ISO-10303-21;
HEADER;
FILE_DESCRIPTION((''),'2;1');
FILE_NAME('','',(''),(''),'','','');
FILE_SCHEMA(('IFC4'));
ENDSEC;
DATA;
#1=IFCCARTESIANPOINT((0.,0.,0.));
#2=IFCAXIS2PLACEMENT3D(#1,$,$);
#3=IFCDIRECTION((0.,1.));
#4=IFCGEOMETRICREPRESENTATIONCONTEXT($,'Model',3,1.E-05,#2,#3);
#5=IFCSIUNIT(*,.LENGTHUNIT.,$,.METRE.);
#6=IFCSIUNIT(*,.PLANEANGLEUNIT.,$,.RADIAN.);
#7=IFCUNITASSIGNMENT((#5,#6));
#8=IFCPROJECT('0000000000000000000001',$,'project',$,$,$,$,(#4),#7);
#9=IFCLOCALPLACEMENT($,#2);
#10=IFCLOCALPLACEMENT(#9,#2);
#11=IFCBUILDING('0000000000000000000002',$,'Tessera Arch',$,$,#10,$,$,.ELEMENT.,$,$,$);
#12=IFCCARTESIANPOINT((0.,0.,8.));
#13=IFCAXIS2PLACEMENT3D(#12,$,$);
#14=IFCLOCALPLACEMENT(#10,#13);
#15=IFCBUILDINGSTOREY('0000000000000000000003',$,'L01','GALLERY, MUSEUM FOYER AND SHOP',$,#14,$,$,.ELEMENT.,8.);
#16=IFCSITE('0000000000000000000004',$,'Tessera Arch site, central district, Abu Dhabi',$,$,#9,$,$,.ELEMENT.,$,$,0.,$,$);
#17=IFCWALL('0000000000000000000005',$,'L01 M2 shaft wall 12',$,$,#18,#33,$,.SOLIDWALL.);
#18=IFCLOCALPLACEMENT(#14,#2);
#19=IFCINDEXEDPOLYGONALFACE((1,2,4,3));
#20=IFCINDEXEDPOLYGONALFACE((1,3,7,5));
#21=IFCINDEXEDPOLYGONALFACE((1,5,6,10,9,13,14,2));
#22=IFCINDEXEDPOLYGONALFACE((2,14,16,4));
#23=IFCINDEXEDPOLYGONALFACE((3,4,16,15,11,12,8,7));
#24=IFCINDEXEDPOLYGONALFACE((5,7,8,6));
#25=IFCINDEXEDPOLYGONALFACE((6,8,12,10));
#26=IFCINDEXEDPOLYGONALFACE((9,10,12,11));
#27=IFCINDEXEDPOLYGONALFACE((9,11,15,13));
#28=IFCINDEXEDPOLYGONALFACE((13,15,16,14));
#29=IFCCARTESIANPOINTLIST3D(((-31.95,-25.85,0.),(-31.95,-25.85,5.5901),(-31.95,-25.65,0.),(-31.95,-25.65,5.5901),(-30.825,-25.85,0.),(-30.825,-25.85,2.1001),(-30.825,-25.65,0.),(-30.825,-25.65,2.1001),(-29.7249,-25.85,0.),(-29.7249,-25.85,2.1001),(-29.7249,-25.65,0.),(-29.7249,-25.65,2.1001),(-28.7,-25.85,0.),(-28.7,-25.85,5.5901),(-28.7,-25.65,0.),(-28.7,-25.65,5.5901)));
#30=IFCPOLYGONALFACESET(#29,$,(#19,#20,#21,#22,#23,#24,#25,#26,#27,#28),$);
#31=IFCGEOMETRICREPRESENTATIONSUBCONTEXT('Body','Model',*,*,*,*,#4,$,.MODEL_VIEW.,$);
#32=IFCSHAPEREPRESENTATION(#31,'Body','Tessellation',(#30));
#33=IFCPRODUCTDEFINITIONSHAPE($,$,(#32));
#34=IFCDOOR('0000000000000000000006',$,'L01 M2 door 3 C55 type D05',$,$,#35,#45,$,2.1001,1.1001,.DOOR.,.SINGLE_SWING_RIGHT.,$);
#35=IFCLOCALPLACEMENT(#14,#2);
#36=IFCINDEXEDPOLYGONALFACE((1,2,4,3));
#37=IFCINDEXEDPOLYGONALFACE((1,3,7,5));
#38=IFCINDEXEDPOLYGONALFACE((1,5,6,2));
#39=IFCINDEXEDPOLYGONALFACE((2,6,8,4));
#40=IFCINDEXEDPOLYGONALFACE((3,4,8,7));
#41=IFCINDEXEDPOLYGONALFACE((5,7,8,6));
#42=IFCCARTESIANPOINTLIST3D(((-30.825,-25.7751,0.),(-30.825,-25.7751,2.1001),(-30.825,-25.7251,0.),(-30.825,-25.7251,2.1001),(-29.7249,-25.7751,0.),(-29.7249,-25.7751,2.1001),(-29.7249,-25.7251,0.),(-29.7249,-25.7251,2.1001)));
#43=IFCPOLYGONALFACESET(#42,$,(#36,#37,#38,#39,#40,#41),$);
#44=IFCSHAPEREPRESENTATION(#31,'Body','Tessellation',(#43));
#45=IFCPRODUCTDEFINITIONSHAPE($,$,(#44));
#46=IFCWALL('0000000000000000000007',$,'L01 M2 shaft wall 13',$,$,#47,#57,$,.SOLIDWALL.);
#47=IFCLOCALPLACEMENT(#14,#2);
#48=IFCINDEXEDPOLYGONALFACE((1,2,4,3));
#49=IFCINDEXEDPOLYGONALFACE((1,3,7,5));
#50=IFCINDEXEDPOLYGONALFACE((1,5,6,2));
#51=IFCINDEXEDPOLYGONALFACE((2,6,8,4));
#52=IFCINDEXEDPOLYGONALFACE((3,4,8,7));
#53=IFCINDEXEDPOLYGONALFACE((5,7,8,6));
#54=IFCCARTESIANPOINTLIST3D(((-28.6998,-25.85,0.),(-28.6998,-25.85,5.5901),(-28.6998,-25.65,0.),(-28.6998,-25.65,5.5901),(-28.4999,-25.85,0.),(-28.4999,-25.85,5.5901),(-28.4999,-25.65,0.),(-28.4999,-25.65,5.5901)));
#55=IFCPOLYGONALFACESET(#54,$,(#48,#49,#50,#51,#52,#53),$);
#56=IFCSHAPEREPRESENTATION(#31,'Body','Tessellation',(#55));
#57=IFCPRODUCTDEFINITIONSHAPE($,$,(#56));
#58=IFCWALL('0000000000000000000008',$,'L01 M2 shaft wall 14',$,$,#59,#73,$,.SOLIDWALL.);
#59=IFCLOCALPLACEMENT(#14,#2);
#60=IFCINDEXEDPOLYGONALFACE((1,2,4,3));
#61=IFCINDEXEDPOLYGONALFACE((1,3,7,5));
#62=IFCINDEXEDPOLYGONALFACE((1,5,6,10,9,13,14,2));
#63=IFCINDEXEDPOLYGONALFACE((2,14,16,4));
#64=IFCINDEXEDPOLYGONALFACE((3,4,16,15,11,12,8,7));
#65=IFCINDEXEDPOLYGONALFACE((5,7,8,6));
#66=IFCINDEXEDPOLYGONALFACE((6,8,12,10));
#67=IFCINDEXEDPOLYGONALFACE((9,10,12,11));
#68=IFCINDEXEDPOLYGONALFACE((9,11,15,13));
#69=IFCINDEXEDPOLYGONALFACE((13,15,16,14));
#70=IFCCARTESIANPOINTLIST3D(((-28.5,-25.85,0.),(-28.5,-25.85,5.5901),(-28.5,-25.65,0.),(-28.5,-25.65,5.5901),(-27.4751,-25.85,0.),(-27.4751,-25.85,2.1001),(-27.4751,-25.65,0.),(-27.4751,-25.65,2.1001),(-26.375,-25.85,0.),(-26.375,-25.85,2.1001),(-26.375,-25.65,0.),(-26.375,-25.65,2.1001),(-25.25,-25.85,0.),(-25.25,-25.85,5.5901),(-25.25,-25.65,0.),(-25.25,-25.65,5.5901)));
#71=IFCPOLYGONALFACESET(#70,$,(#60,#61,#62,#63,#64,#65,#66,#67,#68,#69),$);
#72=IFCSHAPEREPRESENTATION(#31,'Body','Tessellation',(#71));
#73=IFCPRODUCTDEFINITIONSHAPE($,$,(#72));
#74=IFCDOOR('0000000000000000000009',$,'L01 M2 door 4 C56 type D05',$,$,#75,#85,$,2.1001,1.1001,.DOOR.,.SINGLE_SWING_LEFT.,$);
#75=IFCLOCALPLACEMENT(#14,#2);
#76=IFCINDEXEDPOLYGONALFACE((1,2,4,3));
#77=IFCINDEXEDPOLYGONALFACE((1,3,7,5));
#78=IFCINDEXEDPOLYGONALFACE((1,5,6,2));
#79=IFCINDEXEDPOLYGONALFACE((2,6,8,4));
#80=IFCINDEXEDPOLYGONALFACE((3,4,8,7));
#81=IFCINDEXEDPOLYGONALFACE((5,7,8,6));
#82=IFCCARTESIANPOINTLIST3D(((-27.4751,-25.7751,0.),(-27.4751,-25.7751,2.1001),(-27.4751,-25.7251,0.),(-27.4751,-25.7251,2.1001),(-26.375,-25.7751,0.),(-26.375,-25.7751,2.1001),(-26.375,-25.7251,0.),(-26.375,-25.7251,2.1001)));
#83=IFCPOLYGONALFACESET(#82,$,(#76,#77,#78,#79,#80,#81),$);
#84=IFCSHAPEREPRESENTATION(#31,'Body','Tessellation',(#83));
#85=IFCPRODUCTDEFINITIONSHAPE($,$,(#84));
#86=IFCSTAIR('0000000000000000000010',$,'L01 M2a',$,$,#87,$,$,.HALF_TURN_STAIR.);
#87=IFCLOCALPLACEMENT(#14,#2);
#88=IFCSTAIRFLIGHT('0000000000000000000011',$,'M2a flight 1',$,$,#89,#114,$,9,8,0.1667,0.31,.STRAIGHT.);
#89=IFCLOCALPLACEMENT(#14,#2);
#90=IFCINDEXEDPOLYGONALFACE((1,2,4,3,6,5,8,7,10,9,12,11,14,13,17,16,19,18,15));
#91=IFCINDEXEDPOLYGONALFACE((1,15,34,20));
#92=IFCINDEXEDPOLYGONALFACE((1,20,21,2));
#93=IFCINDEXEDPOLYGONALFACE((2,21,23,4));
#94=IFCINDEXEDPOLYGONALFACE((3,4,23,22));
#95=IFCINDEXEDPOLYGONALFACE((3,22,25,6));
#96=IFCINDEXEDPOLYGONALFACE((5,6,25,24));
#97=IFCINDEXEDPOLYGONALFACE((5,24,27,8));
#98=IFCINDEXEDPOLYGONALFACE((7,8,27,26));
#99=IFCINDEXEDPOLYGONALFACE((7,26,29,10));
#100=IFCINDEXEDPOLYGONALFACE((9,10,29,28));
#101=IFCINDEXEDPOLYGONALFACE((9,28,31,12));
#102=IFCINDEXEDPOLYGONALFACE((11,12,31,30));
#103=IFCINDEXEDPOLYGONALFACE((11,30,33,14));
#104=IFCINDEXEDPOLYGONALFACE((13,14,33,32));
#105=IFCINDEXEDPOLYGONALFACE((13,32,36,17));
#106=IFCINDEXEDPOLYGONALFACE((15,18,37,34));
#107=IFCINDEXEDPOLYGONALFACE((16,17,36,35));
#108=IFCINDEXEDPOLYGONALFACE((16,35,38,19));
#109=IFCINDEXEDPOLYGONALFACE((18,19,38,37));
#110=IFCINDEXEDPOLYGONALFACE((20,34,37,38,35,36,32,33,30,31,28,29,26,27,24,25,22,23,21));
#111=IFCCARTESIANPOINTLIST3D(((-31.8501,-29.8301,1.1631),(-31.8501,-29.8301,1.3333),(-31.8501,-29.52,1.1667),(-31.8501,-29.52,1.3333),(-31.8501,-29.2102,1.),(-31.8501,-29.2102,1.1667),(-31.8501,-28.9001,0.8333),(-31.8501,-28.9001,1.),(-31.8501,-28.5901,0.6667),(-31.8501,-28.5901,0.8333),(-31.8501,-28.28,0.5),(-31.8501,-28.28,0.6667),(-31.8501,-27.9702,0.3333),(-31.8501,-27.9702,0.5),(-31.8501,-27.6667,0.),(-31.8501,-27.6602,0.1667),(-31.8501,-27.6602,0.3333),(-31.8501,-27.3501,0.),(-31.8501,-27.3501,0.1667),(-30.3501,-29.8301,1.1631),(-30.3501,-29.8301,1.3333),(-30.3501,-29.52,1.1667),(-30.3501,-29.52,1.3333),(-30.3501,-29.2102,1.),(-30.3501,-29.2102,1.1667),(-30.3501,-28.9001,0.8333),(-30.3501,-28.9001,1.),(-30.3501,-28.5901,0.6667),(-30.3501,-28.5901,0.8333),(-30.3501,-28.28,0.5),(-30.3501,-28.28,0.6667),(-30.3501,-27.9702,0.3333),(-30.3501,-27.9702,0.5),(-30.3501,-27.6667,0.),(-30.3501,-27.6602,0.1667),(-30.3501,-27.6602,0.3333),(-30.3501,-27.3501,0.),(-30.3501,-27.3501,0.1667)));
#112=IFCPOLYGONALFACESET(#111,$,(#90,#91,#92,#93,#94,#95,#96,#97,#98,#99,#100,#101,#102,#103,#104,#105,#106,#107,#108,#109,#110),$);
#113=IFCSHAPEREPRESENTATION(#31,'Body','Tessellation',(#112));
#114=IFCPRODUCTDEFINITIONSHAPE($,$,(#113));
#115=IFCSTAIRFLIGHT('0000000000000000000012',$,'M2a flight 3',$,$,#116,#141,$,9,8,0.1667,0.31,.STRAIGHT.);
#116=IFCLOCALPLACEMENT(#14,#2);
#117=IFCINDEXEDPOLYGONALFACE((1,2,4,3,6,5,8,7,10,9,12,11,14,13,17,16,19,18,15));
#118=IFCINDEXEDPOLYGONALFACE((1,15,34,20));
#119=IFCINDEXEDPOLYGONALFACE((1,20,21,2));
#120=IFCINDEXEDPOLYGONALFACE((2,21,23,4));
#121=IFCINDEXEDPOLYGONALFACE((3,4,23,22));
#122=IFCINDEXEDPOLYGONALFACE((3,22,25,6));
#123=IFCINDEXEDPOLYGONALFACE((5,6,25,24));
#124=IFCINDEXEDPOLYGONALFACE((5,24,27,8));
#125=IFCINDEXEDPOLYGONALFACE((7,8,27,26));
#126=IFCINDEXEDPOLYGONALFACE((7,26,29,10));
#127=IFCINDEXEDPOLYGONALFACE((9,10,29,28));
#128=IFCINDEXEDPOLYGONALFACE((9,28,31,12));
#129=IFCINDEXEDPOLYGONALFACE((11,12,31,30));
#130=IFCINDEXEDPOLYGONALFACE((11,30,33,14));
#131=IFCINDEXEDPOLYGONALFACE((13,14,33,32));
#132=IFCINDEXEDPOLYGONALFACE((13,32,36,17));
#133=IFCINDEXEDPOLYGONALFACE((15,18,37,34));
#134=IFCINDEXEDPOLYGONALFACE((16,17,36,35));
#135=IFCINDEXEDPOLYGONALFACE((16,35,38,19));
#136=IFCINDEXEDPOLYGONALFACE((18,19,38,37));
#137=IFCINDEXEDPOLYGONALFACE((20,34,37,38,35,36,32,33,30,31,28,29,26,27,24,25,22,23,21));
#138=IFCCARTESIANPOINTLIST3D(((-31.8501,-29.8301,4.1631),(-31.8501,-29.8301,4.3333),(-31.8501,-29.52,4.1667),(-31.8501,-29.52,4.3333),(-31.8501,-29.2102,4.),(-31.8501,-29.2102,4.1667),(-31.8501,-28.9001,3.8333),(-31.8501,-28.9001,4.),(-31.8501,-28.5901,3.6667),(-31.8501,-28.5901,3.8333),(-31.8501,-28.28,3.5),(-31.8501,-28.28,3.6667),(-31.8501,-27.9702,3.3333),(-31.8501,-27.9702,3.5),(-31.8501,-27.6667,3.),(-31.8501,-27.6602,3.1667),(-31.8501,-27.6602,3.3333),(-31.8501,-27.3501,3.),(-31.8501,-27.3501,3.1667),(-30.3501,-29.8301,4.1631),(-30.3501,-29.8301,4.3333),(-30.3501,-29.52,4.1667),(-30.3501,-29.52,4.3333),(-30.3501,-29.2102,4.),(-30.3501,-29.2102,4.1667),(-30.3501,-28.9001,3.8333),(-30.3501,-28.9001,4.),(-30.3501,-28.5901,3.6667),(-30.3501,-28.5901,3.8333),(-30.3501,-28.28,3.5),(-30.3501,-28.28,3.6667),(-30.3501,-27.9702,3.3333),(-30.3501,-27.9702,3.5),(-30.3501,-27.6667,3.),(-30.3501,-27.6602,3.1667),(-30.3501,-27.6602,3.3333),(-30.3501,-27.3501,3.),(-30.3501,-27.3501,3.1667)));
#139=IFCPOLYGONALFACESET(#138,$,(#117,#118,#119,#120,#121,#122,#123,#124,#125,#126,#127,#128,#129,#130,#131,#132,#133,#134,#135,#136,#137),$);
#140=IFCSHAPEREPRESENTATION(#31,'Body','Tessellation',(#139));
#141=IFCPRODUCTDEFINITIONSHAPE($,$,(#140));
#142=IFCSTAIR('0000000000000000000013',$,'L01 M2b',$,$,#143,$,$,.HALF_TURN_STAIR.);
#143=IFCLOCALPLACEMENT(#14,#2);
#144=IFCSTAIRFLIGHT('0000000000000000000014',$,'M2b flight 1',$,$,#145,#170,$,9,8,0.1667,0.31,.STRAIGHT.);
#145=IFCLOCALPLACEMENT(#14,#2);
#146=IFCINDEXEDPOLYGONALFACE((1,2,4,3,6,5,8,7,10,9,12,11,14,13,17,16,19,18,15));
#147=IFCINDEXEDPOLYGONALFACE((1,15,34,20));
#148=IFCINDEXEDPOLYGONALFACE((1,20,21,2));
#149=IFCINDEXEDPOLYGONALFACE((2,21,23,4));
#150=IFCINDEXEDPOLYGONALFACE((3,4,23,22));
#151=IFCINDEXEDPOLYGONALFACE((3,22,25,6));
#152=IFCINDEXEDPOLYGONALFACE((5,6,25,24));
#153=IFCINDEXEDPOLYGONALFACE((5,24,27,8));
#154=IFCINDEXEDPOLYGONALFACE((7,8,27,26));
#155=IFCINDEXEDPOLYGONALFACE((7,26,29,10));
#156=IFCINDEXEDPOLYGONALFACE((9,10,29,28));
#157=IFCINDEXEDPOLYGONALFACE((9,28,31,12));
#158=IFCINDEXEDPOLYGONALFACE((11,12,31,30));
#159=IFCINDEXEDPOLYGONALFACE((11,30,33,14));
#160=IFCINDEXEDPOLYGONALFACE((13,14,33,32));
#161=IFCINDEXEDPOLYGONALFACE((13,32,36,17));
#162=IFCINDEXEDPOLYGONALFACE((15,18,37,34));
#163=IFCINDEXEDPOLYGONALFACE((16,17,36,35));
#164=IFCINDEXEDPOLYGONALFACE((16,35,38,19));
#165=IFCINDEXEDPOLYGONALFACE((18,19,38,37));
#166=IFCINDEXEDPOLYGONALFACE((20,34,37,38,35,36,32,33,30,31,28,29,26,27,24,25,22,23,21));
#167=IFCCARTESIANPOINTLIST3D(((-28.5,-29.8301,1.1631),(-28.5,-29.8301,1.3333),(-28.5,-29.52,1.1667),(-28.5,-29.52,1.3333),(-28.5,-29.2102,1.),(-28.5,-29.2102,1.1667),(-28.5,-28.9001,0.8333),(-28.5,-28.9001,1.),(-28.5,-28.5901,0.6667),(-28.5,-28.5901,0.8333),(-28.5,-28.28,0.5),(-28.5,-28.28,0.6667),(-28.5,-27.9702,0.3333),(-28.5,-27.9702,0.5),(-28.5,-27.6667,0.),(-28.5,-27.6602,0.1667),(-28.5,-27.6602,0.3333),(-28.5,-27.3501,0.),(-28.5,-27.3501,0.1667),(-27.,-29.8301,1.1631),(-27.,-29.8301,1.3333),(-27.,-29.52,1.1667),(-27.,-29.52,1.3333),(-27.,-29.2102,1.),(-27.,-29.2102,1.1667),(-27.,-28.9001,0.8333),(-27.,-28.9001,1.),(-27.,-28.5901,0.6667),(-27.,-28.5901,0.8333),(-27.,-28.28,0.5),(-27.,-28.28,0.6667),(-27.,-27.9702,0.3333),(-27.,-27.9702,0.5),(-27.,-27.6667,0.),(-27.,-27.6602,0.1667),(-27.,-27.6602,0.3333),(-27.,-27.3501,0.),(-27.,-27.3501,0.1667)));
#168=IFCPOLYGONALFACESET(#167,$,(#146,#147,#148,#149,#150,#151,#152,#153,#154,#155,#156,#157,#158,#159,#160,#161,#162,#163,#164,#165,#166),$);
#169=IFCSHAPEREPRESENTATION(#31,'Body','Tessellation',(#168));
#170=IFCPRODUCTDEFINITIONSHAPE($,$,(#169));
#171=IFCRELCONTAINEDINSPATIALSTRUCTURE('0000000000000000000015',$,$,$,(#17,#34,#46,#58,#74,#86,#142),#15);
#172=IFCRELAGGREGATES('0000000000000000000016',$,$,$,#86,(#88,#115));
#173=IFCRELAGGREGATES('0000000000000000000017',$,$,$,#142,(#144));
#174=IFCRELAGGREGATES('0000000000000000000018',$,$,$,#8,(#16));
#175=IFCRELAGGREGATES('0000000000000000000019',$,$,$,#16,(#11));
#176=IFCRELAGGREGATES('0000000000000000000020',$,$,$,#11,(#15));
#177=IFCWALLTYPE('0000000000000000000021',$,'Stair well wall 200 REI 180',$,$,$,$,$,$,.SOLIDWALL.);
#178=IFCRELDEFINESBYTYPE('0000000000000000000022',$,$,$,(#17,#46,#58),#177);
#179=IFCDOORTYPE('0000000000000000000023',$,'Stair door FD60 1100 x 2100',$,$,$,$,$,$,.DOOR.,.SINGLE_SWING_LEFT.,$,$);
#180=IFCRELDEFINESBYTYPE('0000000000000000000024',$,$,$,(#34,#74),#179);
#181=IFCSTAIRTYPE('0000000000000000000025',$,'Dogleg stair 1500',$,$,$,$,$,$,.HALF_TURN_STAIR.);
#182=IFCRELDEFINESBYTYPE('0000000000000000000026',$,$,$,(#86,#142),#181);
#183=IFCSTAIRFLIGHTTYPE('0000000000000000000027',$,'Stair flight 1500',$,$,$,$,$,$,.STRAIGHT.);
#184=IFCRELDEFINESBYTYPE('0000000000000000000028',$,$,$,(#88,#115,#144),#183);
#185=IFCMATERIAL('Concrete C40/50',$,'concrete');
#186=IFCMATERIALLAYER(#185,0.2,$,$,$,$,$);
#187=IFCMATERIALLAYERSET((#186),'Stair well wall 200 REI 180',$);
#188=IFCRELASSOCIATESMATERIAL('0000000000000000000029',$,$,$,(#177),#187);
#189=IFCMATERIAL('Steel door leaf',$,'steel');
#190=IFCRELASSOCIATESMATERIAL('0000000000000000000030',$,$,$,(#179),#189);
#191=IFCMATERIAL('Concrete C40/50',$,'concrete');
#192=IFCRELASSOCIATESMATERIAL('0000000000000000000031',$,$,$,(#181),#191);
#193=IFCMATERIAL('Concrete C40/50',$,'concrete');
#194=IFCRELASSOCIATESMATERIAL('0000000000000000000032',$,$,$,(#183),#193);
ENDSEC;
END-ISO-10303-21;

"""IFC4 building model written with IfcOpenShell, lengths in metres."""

from ifc_helpers import new_model, si_unit, direction, frame, frame_2d, origin, place, context, subcontext, project, spatial, polyline, rectangle, outline, extrude, material, layer, layer_set, type_object, element, fill, aggregate, save


model = new_model("IFC4")

# Units and contexts
model_context = context("Model", 3, precision=1e-05, world=origin(), true_north=direction((0.0, 1.0)))
body_context = subcontext(model_context, "Body", "Model", "MODEL_VIEW")
ifc_project = project(units=[si_unit("LENGTHUNIT", "METRE"), si_unit("PLANEANGLEUNIT", "RADIAN")], contexts=[model_context])

# Site, building, storey
site_placement = place(None, origin())
site = spatial("IfcSite", under=ifc_project, at=site_placement, Name="Tessera Arch site, central district, Abu Dhabi", CompositionType="ELEMENT", RefElevation=0.0)
building_placement = place(site_placement, origin())
building = spatial("IfcBuilding", under=site, at=building_placement, Name="Tessera Arch", CompositionType="ELEMENT")
storey_placement = place(building_placement, frame((0.0, 0.0, 8.0)))
storey = spatial("IfcBuildingStorey", under=building, at=storey_placement, Name="L01", Description="GALLERY, MUSEUM FOYER AND SHOP", CompositionType="ELEMENT", Elevation=8.0)

# Shared definitions
ifc_material_1 = material(Name="Concrete C40/50", Category="concrete")
ifc_layer_1 = layer(ifc_material_1, 0.2)
ifc_layer_set_1 = layer_set([ifc_layer_1], Name="Stair well wall 200 REI 180")
wall_type_1 = type_object("IfcWallType", Name="Stair well wall 200 REI 180", PredefinedType="SOLIDWALL", material=ifc_layer_set_1)

# Wall, opening, door
wall_1_placement = place(storey_placement, frame((-31.95, -25.75, 0.0), z_axis=(0.0, 0.0, 1.0), x_axis=(1.0, 0.0, 0.0)))
wall_1 = element("IfcWall", 1, at=wall_1_placement, inside=storey, type_object=wall_type_1, Name="L01 M2 shaft wall 12", PredefinedType="SOLIDWALL", context=body_context, shape_type="SweptSolid", body=[
    extrude(rectangle(XDim=3.25, YDim=0.2, at=frame_2d((1.625, 0.0))), origin(), (0.0, 0.0, 1.0), 5.5901),
])
opening_1_placement = place(wall_1_placement, frame((1.125, 0.0, 0.0)))
opening_1 = element("IfcOpeningElement", 2, at=opening_1_placement, cuts=wall_1, PredefinedType="OPENING", context=body_context, shape_type="SweptSolid", body=[
    extrude(rectangle(XDim=1.1001, YDim=2.1001, at=frame_2d((0.55, 1.05))), frame((0.0, 0.1099, 0.0), z_axis=(0.0, -1.0, 0.0), x_axis=(1.0, 0.0, 0.0)), (0.0, 0.0, 1.0), 0.22),
])
ifc_material_2 = material(Name="Steel door leaf", Category="steel")
door_type_1 = type_object("IfcDoorType", Name="Stair door FD60 1100 x 2100", OperationType="SINGLE_SWING_LEFT", PredefinedType="DOOR", material=ifc_material_2)
door_1_placement = place(opening_1_placement, origin())
door_1 = element("IfcDoor", 3, at=door_1_placement, inside=storey, type_object=door_type_1, Name="L01 M2 door 3 C55 type D05", OperationType="SINGLE_SWING_RIGHT", OverallHeight=2.1001, OverallWidth=1.1001, PredefinedType="DOOR", context=body_context, shape_type="SweptSolid", body=[
    extrude(rectangle(XDim=1.1001, YDim=2.1001, at=frame_2d((0.55, 1.05))), frame((0.0, 0.0249, 0.0), z_axis=(0.0, -1.0, 0.0), x_axis=(1.0, 0.0, 0.0)), (0.0, 0.0, 1.0), 0.05),
])
fill(opening_1, door_1)

# Wall
wall_2_placement = place(storey_placement, frame((-28.7, -25.75, 0.0), z_axis=(0.0, 0.0, 1.0), x_axis=(1.0, 0.0, 0.0)))
element("IfcWall", 4, at=wall_2_placement, inside=storey, type_object=wall_type_1, Name="L01 M2 shaft wall 13", PredefinedType="SOLIDWALL", context=body_context, shape_type="SweptSolid", body=[
    extrude(rectangle(XDim=0.2, YDim=0.2, at=frame_2d((0.1001, 0.0))), origin(), (0.0, 0.0, 1.0), 5.5901),
])

# Wall, opening, door
wall_3_placement = place(storey_placement, frame((-28.5, -25.75, 0.0), z_axis=(0.0, 0.0, 1.0), x_axis=(1.0, 0.0, 0.0)))
wall_3 = element("IfcWall", 5, at=wall_3_placement, inside=storey, type_object=wall_type_1, Name="L01 M2 shaft wall 14", PredefinedType="SOLIDWALL", context=body_context, shape_type="SweptSolid", body=[
    extrude(rectangle(XDim=3.25, YDim=0.2, at=frame_2d((1.625, 0.0))), origin(), (0.0, 0.0, 1.0), 5.5901),
])
opening_2_placement = place(wall_3_placement, frame((1.0249, 0.0, 0.0)))
opening_2 = element("IfcOpeningElement", 6, at=opening_2_placement, cuts=wall_3, PredefinedType="OPENING", context=body_context, shape_type="SweptSolid", body=[
    extrude(rectangle(XDim=1.1001, YDim=2.1001, at=frame_2d((0.55, 1.05))), frame((0.0, 0.1099, 0.0), z_axis=(0.0, -1.0, 0.0), x_axis=(1.0, 0.0, 0.0)), (0.0, 0.0, 1.0), 0.22),
])
door_2_placement = place(opening_2_placement, origin())
door_2 = element("IfcDoor", 7, at=door_2_placement, inside=storey, type_object=door_type_1, Name="L01 M2 door 4 C56 type D05", OperationType="SINGLE_SWING_LEFT", OverallHeight=2.1001, OverallWidth=1.1001, PredefinedType="DOOR", context=body_context, shape_type="SweptSolid", body=[
    extrude(rectangle(XDim=1.1001, YDim=2.1001, at=frame_2d((0.55, 1.05))), frame((0.0, 0.0249, 0.0), z_axis=(0.0, -1.0, 0.0), x_axis=(1.0, 0.0, 0.0)), (0.0, 0.0, 1.0), 0.05),
])
fill(opening_2, door_2)

# Stairs, stair flights
ifc_material_3 = material(Name="Concrete C40/50", Category="concrete")
stair_type = type_object("IfcStairType", Name="Dogleg stair 1500", PredefinedType="HALF_TURN_STAIR", material=ifc_material_3)
stair_1_placement = place(storey_placement, origin())
stair_1 = element("IfcStair", 8, at=stair_1_placement, inside=storey, type_object=stair_type, Name="L01 M2a", PredefinedType="HALF_TURN_STAIR")
ifc_material_4 = material(Name="Concrete C40/50", Category="concrete")
stair_flight_type = type_object("IfcStairFlightType", Name="Stair flight 1500", PredefinedType="STRAIGHT", material=ifc_material_4)
stair_flight_1_placement = place(storey_placement, frame((-31.1001, -27.3501, 0.0), z_axis=(0.0, 0.0, 1.0), x_axis=(0.0, -1.0, 0.0)))
stair_flight_1 = element("IfcStairFlight", 9, at=stair_flight_1_placement, type_object=stair_flight_type, Name="M2a flight 1", NumberOfRisers=9, NumberOfTreads=8, PredefinedType="STRAIGHT", RiserHeight=0.1667, TreadLength=0.31, context=body_context, shape_type="SweptSolid", body=[
    extrude(outline(polyline([(0.0, 0.0), (0.0, 0.1667), (0.3101, 0.1667), (0.3101, 0.3333), (0.6201, 0.3333), (0.6201, 0.5), (0.9299, 0.5), (0.9299, 0.6667), (1.24, 0.6667), (1.24, 0.8333), (1.55, 0.8333), (1.55, 1.0), (1.8601, 1.0), (1.8601, 1.1667), (2.1699, 1.1667), (2.1699, 1.3333), (2.48, 1.3333), (2.48, 1.5), (2.48, 1.1631), (0.3167, 0.0), (0.0, 0.0)])), frame((0.0, 0.75, 0.0), z_axis=(0.0, -1.0, 0.0), x_axis=(1.0, 0.0, 0.0)), (0.0, 0.0, 1.0), 1.5),
])
stair_flight_2_placement = place(storey_placement, frame((-31.1001, -27.3501, 3.0), z_axis=(0.0, 0.0, 1.0), x_axis=(0.0, -1.0, 0.0)))
stair_flight_2 = element("IfcStairFlight", 10, at=stair_flight_2_placement, type_object=stair_flight_type, Name="M2a flight 3", NumberOfRisers=9, NumberOfTreads=8, PredefinedType="STRAIGHT", RiserHeight=0.1667, TreadLength=0.31, context=body_context, shape_type="SweptSolid", body=[
    extrude(outline(polyline([(0.0, 0.0), (0.0, 0.1667), (0.3101, 0.1667), (0.3101, 0.3333), (0.6201, 0.3333), (0.6201, 0.5), (0.9299, 0.5), (0.9299, 0.6667), (1.24, 0.6667), (1.24, 0.8333), (1.55, 0.8333), (1.55, 1.0), (1.8601, 1.0), (1.8601, 1.1667), (2.1699, 1.1667), (2.1699, 1.3333), (2.48, 1.3333), (2.48, 1.5), (2.48, 1.1631), (0.3167, 0.0), (0.0, 0.0)])), frame((0.0, 0.75, 0.0), z_axis=(0.0, -1.0, 0.0), x_axis=(1.0, 0.0, 0.0)), (0.0, 0.0, 1.0), 1.5),
])
aggregate(stair_1, [stair_flight_1, stair_flight_2])
stair_2_placement = place(storey_placement, origin())
stair_2 = element("IfcStair", 11, at=stair_2_placement, inside=storey, type_object=stair_type, Name="L01 M2b", PredefinedType="HALF_TURN_STAIR")
stair_flight_3_placement = place(storey_placement, frame((-27.75, -27.3501, 0.0), z_axis=(0.0, 0.0, 1.0), x_axis=(0.0, -1.0, 0.0)))
stair_flight_3 = element("IfcStairFlight", 12, at=stair_flight_3_placement, type_object=stair_flight_type, Name="M2b flight 1", NumberOfRisers=9, NumberOfTreads=8, PredefinedType="STRAIGHT", RiserHeight=0.1667, TreadLength=0.31, context=body_context, shape_type="SweptSolid", body=[
    extrude(outline(polyline([(0.0, 0.0), (0.0, 0.1667), (0.3101, 0.1667), (0.3101, 0.3333), (0.6201, 0.3333), (0.6201, 0.5), (0.9299, 0.5), (0.9299, 0.6667), (1.24, 0.6667), (1.24, 0.8333), (1.55, 0.8333), (1.55, 1.0), (1.8601, 1.0), (1.8601, 1.1667), (2.1699, 1.1667), (2.1699, 1.3333), (2.48, 1.3333), (2.48, 1.5), (2.48, 1.1631), (0.3167, 0.0), (0.0, 0.0)])), frame((0.0, 0.75, 0.0), z_axis=(0.0, -1.0, 0.0), x_axis=(1.0, 0.0, 0.0)), (0.0, 0.0, 1.0), 1.5),
])
aggregate(stair_2, [stair_flight_3])

save(model, "model.ifc")
